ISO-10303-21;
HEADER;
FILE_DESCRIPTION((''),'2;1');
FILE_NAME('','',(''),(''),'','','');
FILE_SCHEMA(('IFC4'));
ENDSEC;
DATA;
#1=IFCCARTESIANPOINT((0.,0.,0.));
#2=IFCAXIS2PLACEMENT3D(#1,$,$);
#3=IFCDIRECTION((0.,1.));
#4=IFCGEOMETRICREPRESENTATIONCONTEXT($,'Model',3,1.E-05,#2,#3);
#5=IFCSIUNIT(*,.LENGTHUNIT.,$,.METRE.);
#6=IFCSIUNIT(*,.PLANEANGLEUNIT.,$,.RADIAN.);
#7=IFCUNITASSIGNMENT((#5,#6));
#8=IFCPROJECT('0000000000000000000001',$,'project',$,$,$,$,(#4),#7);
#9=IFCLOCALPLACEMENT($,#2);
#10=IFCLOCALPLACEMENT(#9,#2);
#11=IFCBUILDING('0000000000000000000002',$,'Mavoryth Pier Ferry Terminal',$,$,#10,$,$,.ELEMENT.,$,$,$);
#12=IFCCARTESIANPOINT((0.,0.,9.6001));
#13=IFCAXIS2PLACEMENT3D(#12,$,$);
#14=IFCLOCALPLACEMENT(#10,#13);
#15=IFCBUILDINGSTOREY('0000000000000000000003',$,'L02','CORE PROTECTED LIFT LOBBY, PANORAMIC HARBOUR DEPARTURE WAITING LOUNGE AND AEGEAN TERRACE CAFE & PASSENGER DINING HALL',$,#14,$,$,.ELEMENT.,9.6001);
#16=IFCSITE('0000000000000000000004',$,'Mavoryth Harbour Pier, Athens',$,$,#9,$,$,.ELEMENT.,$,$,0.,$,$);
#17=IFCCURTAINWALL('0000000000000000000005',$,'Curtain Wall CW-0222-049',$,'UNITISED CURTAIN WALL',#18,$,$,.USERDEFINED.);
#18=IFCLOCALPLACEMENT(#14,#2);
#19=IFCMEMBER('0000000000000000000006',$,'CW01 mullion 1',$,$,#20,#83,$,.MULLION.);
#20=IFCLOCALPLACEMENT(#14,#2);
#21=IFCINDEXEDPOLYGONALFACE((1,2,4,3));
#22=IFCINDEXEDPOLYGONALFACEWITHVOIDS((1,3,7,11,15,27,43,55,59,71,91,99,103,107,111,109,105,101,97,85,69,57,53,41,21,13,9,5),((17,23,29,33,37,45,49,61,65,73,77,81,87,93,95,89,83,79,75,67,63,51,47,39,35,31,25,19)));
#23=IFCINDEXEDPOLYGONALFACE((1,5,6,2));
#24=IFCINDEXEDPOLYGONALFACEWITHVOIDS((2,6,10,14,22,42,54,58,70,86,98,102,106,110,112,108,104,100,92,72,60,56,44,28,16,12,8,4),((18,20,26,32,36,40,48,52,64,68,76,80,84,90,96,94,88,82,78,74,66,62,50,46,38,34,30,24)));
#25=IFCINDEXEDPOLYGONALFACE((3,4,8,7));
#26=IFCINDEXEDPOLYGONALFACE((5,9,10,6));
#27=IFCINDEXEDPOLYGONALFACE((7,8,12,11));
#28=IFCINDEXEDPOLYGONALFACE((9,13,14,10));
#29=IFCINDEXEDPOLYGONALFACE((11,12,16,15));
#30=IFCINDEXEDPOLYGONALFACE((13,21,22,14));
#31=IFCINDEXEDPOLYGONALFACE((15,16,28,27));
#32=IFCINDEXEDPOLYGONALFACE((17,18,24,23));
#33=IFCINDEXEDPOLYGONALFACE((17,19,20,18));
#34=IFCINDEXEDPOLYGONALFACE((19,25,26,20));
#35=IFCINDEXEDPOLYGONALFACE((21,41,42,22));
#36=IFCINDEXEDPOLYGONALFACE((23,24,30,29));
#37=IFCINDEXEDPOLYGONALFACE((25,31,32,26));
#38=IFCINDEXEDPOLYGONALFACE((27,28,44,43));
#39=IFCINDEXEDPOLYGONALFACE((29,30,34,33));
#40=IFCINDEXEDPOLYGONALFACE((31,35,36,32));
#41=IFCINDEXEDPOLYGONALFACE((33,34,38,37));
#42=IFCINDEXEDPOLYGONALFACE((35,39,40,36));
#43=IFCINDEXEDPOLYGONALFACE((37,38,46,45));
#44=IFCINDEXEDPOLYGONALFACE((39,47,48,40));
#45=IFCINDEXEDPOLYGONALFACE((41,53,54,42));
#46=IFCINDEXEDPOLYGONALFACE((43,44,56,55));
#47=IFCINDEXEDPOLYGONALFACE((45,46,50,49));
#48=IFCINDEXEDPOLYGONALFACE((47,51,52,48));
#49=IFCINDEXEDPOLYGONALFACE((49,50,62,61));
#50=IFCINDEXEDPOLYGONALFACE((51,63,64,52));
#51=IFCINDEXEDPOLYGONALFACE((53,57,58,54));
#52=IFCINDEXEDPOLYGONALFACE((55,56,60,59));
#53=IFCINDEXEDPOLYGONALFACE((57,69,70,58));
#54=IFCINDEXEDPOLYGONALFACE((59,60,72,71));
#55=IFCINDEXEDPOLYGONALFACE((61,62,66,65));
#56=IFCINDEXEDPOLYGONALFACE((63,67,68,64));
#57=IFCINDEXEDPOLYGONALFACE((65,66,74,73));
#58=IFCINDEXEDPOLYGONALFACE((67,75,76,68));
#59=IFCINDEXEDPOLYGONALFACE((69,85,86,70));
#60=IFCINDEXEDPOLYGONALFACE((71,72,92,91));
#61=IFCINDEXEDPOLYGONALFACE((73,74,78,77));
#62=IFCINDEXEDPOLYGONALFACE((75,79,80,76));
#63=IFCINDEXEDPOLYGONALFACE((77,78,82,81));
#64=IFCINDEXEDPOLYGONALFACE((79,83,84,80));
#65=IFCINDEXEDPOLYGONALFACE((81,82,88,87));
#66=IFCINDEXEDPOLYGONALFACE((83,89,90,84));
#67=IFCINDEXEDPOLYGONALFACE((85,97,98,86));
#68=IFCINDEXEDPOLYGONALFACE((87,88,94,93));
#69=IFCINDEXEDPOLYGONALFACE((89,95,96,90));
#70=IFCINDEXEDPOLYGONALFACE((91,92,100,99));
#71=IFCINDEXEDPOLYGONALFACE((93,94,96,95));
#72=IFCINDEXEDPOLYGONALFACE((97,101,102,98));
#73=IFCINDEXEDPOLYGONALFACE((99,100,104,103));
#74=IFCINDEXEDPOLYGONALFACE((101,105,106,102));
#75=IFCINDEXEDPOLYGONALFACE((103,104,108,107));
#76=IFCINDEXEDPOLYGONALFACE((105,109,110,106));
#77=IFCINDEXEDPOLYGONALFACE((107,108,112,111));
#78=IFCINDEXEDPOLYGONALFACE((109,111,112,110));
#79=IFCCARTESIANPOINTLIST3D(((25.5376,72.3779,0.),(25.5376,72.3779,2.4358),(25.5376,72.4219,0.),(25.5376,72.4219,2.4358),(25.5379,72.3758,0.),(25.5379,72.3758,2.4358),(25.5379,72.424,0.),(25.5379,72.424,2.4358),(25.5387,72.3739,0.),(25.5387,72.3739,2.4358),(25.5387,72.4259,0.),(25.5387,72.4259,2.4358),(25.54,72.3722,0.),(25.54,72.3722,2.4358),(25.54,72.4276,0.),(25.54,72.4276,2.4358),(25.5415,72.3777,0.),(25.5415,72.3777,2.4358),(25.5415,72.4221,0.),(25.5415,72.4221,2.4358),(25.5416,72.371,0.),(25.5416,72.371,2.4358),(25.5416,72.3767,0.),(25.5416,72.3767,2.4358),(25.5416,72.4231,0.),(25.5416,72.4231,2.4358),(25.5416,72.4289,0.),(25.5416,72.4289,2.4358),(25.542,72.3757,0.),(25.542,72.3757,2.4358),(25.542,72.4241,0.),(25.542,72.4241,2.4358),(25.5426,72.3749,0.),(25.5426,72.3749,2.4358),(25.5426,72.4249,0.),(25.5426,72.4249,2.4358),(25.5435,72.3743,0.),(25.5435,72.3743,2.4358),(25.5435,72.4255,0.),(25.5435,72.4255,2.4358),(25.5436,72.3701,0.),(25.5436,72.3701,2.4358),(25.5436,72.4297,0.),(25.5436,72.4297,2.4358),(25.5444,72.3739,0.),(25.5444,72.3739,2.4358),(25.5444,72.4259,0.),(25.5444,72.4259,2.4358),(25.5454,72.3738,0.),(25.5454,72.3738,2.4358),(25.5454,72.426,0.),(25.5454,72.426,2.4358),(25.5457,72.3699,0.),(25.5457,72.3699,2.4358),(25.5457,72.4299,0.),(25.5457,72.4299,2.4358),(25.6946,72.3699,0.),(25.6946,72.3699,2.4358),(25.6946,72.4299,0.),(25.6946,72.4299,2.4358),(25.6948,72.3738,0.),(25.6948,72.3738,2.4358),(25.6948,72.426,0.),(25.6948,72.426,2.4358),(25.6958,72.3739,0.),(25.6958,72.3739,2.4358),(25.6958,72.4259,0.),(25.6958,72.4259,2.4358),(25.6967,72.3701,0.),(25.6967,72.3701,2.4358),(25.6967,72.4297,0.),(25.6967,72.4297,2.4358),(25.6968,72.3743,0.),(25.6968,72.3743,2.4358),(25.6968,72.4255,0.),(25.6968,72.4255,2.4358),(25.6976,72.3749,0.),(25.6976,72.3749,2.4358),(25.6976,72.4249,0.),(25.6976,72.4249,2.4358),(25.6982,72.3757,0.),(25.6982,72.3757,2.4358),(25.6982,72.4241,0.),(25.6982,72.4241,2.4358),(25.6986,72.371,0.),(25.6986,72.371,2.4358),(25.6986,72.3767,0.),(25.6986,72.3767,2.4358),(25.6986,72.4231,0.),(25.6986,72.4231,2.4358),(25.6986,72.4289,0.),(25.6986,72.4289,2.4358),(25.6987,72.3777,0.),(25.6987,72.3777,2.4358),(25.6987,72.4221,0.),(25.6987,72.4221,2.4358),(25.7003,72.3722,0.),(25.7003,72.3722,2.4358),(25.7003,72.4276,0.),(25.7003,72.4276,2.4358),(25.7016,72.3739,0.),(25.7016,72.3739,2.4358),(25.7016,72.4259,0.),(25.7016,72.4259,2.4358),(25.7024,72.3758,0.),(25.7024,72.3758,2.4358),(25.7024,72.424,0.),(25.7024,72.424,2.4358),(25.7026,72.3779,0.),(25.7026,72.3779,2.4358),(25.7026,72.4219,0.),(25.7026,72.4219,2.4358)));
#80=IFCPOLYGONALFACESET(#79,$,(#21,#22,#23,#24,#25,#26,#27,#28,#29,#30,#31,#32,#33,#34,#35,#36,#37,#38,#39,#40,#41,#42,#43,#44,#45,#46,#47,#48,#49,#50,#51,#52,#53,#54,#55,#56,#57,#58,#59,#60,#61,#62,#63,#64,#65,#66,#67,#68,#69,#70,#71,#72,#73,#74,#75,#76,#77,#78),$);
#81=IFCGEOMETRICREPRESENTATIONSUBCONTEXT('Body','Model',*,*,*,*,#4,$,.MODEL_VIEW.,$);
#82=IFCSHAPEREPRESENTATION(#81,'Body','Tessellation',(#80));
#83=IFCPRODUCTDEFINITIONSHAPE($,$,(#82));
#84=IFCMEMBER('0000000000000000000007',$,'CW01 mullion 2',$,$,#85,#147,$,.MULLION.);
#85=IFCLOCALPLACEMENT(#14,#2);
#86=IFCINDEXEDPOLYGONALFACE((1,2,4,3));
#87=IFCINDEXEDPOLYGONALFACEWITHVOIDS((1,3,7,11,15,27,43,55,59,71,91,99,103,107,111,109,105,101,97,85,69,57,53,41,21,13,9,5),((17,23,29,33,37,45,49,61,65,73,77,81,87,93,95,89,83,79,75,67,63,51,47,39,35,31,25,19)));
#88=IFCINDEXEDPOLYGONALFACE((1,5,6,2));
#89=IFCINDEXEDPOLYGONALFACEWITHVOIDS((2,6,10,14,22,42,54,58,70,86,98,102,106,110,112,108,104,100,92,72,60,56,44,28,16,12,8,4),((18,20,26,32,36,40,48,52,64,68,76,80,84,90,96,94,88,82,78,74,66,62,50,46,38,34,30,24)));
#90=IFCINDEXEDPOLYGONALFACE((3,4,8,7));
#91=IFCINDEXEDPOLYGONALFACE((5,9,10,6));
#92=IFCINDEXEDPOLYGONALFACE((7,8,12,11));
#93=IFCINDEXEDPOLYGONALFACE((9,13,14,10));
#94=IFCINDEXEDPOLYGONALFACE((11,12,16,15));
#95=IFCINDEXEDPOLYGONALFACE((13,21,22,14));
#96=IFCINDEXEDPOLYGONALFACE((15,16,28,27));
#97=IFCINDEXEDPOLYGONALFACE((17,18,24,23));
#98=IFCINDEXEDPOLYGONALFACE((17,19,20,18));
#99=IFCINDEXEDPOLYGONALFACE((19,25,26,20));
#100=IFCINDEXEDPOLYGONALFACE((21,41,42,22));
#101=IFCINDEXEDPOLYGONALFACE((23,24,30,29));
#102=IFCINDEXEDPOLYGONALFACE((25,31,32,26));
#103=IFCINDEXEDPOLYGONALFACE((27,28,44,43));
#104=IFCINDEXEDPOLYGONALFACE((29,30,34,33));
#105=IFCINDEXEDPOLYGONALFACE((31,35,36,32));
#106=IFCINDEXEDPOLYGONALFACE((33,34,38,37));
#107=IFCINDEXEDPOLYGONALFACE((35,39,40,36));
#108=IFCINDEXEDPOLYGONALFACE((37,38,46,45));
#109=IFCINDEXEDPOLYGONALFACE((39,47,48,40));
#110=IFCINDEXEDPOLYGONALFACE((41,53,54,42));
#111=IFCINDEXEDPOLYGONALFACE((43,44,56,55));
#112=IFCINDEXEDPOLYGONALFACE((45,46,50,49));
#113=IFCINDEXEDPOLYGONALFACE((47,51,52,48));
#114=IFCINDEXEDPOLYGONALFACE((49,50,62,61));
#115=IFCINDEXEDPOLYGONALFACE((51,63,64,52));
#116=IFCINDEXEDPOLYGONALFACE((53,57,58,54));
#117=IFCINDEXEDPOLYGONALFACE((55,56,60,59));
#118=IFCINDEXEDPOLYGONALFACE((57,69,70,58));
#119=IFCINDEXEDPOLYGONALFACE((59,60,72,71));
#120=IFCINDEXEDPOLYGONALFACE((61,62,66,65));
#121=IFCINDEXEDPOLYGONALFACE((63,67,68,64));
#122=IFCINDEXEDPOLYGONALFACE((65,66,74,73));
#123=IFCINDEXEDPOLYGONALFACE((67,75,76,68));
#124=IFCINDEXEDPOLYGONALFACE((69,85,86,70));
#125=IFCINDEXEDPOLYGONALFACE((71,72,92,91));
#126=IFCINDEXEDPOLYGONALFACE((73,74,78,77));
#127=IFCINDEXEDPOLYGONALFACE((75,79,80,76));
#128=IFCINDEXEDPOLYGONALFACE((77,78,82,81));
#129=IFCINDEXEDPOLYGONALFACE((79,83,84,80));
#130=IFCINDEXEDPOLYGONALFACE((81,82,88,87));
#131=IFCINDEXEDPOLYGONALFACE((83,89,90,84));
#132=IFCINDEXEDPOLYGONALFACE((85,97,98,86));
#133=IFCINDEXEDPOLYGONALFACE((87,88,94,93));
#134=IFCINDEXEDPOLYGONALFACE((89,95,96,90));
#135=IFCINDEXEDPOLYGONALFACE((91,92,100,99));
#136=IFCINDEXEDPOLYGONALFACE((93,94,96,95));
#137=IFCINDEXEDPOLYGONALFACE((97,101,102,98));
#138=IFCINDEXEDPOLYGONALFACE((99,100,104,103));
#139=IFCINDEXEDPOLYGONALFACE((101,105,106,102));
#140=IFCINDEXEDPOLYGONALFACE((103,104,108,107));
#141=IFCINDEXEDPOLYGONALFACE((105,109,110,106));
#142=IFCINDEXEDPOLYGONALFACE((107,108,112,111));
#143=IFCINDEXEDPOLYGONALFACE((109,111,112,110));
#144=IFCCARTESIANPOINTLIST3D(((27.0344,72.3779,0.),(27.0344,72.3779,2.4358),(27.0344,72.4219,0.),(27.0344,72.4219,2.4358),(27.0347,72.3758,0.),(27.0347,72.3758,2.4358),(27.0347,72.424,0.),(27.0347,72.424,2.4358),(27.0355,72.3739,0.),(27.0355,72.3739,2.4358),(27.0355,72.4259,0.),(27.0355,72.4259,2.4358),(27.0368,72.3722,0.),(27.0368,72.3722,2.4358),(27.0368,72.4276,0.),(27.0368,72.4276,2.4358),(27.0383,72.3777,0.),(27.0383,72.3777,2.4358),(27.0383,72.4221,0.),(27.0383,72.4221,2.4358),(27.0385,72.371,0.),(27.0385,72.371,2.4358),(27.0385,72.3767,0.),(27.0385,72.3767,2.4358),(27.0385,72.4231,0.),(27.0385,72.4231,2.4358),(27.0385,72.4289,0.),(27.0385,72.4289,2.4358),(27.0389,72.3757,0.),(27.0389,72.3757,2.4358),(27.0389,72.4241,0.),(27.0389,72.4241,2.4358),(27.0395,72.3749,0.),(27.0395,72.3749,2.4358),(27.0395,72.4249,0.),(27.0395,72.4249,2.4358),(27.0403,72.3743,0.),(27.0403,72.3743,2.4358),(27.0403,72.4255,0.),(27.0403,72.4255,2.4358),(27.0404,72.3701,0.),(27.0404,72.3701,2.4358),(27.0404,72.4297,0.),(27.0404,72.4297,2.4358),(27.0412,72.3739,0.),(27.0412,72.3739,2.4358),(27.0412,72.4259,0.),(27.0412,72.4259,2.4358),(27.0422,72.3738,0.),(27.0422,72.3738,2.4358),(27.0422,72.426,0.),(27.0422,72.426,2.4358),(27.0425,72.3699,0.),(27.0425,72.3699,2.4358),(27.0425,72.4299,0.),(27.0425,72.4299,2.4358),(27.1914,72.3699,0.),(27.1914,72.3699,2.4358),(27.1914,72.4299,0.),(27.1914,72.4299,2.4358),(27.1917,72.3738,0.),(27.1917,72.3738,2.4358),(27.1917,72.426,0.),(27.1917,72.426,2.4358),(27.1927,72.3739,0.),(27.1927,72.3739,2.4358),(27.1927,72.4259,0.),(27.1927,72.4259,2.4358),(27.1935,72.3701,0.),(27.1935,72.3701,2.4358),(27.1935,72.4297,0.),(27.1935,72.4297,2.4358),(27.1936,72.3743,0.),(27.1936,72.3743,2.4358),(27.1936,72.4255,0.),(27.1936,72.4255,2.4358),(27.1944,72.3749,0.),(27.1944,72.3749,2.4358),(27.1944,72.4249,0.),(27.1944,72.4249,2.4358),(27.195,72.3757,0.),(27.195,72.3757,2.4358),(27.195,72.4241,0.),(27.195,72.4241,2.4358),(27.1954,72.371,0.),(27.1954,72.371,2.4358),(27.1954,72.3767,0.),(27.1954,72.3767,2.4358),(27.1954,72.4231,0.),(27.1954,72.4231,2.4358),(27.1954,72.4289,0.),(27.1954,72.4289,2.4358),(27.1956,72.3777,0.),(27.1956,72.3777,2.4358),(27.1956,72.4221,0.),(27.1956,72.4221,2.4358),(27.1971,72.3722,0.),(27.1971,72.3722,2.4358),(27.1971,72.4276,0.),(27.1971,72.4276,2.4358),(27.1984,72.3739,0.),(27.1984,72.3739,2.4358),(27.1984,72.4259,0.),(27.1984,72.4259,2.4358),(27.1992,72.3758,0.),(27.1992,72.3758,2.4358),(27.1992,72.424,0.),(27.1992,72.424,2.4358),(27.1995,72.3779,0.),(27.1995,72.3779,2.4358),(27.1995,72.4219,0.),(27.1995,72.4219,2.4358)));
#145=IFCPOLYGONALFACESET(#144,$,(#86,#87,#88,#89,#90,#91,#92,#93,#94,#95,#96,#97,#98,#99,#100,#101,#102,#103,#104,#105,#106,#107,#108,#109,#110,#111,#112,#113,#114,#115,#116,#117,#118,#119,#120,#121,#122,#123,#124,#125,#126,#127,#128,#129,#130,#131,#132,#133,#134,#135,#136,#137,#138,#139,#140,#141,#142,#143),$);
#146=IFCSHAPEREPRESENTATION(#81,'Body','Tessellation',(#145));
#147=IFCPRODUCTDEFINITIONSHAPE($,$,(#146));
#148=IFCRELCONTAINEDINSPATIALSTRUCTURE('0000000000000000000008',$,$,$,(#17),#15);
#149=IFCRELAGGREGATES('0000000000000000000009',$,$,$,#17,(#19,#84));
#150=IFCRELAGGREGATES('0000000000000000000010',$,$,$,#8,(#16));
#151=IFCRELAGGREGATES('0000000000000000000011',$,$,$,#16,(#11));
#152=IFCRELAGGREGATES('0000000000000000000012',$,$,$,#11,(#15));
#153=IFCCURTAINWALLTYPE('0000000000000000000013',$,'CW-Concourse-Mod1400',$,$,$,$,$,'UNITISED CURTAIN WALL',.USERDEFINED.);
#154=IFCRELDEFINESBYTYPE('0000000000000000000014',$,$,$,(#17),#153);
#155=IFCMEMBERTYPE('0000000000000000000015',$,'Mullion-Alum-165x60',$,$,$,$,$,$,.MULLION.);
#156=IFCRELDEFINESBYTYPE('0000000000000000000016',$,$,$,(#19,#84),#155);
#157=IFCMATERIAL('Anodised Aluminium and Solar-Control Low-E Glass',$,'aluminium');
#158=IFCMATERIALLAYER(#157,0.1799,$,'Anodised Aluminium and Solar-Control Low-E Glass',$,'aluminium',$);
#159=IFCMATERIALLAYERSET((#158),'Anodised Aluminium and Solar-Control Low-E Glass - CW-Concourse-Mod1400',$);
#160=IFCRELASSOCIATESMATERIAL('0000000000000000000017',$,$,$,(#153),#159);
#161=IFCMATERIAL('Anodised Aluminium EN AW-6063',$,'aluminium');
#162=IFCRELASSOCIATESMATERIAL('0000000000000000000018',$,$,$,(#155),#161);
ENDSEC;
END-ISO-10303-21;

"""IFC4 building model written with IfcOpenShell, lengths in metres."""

from ifc_helpers import new_model, si_unit, direction, frame, origin, origin_2d, place, context, subcontext, project, spatial, hollow_rectangle, extrude, material, layer, layer_set, material_profile, profile_set, type_object, element, aggregate, save


model = new_model("IFC4")

# Units and contexts
model_context = context("Model", 3, precision=1e-05, world=origin(), true_north=direction((0.0, 1.0)))
body_context = subcontext(model_context, "Body", "Model", "MODEL_VIEW")
ifc_project = project(units=[si_unit("LENGTHUNIT", "METRE"), si_unit("PLANEANGLEUNIT", "RADIAN")], contexts=[model_context])

# Site, building, storey
site_placement = place(None, origin())
site = spatial("IfcSite", under=ifc_project, at=site_placement, Name="Mavoryth Harbour Pier, Athens", CompositionType="ELEMENT", RefElevation=0.0)
building_placement = place(site_placement, origin())
building = spatial("IfcBuilding", under=site, at=building_placement, Name="Mavoryth Pier Ferry Terminal", CompositionType="ELEMENT")
storey_placement = place(building_placement, frame((0.0, 0.0, 9.6001)))
storey = spatial("IfcBuildingStorey", under=building, at=storey_placement, Name="L02", Description="CORE PROTECTED LIFT LOBBY, PANORAMIC HARBOUR DEPARTURE WAITING LOUNGE AND AEGEAN TERRACE CAFE & PASSENGER DINING HALL", CompositionType="ELEMENT", Elevation=9.6001)

# Shared definitions
ifc_material_1 = material(Name="Anodised Aluminium and Solar-Control Low-E Glass", Category="aluminium")
ifc_layer_1 = layer(ifc_material_1, 0.1799, Name="Anodised Aluminium and Solar-Control Low-E Glass", Category="aluminium")
ifc_layer_set_1 = layer_set([ifc_layer_1], Name="Anodised Aluminium and Solar-Control Low-E Glass - CW-Concourse-Mod1400")
curtain_wall_type = type_object("IfcCurtainWallType", Name="CW-Concourse-Mod1400", ElementType="UNITISED CURTAIN WALL", PredefinedType="USERDEFINED", material=ifc_layer_set_1)
ifc_material_2 = material(Name="Anodised Aluminium EN AW-6063", Category="aluminium")
ifc_material_profile_1 = material_profile(ifc_material_2, hollow_rectangle(XDim=0.0601, YDim=0.165, WallThickness=0.0039, InnerFilletRadius=0.0039, OuterFilletRadius=0.0081, at=origin_2d()), Name="AL-MULL 165x60x4", Category="aluminium")
ifc_profile_set_1 = profile_set([ifc_material_profile_1], Name="Anodised Aluminium EN AW-6063 - AL-MULL 165x60x4")
member_type_1 = type_object("IfcMemberType", Name="Mullion-Alum-165x60", PredefinedType="MULLION", material=ifc_profile_set_1)

# Curtain wall, members
curtain_wall_1_placement = place(storey_placement, origin())
curtain_wall_1 = element("IfcCurtainWall", 1, at=curtain_wall_1_placement, inside=storey, type_object=curtain_wall_type, Name="Curtain Wall CW-0222-049", ObjectType="UNITISED CURTAIN WALL", PredefinedType="USERDEFINED")
member_1_placement = place(storey_placement, frame((25.6201, 72.3999, 0.0), z_axis=(0.0, 0.0, 1.0), x_axis=(0.0, 1.0, 0.0)))
member_1 = element("IfcMember", 2, at=member_1_placement, type_object=member_type_1, Name="CW01 mullion 1", PredefinedType="MULLION", context=body_context, shape_type="SweptSolid", body=[
    extrude(hollow_rectangle(XDim=0.0601, YDim=0.165, WallThickness=0.0039, InnerFilletRadius=0.0039, OuterFilletRadius=0.0081, at=origin_2d()), origin(), (0.0, 0.0, 1.0), 2.4358),
])
member_2_placement = place(storey_placement, frame((27.1169, 72.3999, 0.0), z_axis=(0.0, 0.0, 1.0), x_axis=(0.0, 1.0, 0.0)))
member_2 = element("IfcMember", 3, at=member_2_placement, type_object=member_type_1, Name="CW01 mullion 2", PredefinedType="MULLION", context=body_context, shape_type="SweptSolid", body=[
    extrude(hollow_rectangle(XDim=0.0601, YDim=0.165, WallThickness=0.0039, InnerFilletRadius=0.0039, OuterFilletRadius=0.0081, at=origin_2d()), origin(), (0.0, 0.0, 1.0), 2.4358),
])

aggregate(curtain_wall_1, [member_1, member_2])

save(model, "model.ifc")
